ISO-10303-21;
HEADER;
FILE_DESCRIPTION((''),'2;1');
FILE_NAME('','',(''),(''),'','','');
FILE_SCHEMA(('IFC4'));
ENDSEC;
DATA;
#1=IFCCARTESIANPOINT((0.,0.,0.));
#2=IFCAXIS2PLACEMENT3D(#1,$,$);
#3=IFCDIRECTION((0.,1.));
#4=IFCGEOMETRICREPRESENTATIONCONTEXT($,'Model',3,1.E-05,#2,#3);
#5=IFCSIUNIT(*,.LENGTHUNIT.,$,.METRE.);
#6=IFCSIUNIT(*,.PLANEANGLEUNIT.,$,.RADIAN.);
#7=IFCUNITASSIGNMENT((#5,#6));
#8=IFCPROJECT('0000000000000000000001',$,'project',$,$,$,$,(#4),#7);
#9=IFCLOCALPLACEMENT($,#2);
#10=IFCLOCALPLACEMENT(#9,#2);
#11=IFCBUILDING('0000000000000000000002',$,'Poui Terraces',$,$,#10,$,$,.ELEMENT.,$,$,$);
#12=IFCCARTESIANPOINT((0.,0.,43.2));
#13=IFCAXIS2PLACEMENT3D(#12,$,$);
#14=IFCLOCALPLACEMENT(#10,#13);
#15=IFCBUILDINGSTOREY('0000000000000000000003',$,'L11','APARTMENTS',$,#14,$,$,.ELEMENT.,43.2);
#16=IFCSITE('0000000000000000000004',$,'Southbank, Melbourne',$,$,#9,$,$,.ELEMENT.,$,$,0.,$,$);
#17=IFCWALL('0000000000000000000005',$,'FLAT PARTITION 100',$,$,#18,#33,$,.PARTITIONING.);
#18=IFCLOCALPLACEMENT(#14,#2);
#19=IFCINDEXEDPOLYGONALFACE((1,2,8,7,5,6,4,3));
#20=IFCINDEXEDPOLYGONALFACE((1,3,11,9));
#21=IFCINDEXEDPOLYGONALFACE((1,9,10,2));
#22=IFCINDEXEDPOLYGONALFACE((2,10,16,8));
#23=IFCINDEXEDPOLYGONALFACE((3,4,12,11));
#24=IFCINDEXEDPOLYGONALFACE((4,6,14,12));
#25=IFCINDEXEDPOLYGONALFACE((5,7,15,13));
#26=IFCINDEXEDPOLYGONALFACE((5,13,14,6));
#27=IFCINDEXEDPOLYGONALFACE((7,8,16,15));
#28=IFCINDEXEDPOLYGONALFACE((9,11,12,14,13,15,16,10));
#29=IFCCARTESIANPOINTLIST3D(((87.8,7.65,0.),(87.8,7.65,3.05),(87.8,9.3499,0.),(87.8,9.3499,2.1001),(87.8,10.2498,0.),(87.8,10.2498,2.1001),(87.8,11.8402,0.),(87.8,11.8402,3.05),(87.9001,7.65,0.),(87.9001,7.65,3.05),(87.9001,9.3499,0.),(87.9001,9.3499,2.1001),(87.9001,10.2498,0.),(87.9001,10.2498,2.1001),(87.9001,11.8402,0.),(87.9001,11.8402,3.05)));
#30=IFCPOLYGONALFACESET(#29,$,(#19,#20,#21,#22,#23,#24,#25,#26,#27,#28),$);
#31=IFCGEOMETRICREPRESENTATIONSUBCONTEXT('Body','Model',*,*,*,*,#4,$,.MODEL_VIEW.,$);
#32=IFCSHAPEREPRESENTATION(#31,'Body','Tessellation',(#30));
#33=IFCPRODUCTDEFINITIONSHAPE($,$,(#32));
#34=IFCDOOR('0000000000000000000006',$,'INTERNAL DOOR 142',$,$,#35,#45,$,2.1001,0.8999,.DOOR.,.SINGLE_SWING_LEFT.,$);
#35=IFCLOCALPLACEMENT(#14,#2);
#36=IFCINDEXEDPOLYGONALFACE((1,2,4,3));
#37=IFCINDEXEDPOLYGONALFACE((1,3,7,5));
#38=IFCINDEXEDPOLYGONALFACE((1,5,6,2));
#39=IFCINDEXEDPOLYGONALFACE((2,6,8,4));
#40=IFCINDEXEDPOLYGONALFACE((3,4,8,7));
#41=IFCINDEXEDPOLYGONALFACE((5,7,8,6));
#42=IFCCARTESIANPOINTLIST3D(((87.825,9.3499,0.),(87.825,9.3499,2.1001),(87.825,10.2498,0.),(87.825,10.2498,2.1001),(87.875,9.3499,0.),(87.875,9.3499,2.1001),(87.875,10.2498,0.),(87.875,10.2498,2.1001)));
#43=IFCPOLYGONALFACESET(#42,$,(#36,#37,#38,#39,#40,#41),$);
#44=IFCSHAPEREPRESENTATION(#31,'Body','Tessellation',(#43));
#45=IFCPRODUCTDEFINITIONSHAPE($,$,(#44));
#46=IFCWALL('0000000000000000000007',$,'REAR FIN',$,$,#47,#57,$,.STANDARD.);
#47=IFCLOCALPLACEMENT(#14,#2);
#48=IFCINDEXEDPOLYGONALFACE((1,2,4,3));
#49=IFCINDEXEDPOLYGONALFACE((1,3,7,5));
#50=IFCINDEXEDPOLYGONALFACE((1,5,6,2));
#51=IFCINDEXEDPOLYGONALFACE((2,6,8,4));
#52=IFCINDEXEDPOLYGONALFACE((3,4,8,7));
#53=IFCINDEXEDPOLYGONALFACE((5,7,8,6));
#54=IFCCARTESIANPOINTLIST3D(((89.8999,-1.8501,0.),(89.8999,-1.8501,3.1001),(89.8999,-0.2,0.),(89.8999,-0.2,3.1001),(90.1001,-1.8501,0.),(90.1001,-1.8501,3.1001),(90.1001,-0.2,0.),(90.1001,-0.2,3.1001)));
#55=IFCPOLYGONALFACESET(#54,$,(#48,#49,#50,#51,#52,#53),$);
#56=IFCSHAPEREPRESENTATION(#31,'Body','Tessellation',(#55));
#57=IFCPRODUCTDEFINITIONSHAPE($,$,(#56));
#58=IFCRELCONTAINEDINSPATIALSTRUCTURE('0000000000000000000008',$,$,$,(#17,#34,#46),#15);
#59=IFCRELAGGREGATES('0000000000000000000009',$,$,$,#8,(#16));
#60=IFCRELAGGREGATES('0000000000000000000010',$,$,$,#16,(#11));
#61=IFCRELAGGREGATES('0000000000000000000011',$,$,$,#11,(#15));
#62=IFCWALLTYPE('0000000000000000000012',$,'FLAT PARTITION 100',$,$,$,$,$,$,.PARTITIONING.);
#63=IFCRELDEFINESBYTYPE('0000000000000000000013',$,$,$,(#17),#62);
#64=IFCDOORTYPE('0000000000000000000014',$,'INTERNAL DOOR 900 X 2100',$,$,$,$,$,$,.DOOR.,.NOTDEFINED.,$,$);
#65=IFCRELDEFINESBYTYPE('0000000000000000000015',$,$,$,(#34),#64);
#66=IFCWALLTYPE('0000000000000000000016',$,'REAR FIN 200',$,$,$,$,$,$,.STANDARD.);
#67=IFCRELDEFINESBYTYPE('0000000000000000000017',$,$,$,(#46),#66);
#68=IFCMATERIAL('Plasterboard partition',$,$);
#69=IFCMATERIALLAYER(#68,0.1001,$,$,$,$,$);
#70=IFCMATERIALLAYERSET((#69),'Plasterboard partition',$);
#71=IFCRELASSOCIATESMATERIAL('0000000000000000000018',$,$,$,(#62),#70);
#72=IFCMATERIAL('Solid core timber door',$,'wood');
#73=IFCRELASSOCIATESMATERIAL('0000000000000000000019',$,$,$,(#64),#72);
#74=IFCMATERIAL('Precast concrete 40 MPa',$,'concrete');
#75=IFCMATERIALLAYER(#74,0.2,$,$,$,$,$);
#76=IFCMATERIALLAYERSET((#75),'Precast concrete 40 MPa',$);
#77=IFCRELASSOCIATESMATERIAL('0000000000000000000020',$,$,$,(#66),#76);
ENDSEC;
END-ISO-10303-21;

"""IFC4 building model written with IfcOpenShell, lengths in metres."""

from ifc_helpers import new_model, si_unit, direction, frame, frame_2d, origin, place, context, subcontext, project, spatial, polyline, rectangle, outline, extrude, source, transform, mapped, material, layer, layer_set, type_object, element, fill, save


model = new_model("IFC4")

# Units and contexts
model_context = context("Model", 3, precision=1e-05, world=origin(), true_north=direction((0.0, 1.0)))
body_context = subcontext(model_context, "Body", "Model", "MODEL_VIEW")
ifc_project = project(units=[si_unit("LENGTHUNIT", "METRE"), si_unit("PLANEANGLEUNIT", "RADIAN")], contexts=[model_context])

# Site, building, storey
site_placement = place(None, origin())
site = spatial("IfcSite", under=ifc_project, at=site_placement, Name="Southbank, Melbourne", CompositionType="ELEMENT", RefElevation=0.0)
building_placement = place(site_placement, origin())
building = spatial("IfcBuilding", under=site, at=building_placement, Name="Poui Terraces", CompositionType="ELEMENT")
storey_placement = place(building_placement, frame((0.0, 0.0, 43.2)))
storey = spatial("IfcBuildingStorey", under=building, at=storey_placement, Name="L11", Description="APARTMENTS", CompositionType="ELEMENT", Elevation=43.2)

# Shared definitions
ifc_material_1 = material(Name="Precast concrete 40 MPa", Category="concrete")

# Shared definitions
ifc_material_2 = material(Name="Plasterboard partition")
ifc_layer_1 = layer(ifc_material_2, 0.1001)
ifc_layer_set_1 = layer_set([ifc_layer_1], Name="Plasterboard partition")
wall_type_1 = type_object("IfcWallType", Name="FLAT PARTITION 100", PredefinedType="PARTITIONING", material=ifc_layer_set_1)

# Wall, opening, door
ifc_material_3 = material(Name="Solid core timber door", Category="wood")
wall_1_placement = place(storey_placement, frame((87.8501, 7.6499, 0.0), z_axis=(0.0, 0.0, 1.0), x_axis=(0.0, 1.0, 0.0)))
wall_1 = element("IfcWall", 1, at=wall_1_placement, inside=storey, type_object=wall_type_1, Name="FLAT PARTITION 100", PredefinedType="PARTITIONING", context=body_context, shape_type="SweptSolid", body=[
    extrude(rectangle(XDim=4.1902, YDim=0.1001, at=frame_2d((2.0952, 0.0))), origin(), (0.0, 0.0, 1.0), 3.05),
])
opening_1_placement = place(wall_1_placement, frame((1.7, 0.0, 0.0)))
opening_1 = element("IfcOpeningElement", 2, at=opening_1_placement, cuts=wall_1, PredefinedType="OPENING", context=body_context, shape_type="SweptSolid", body=[
    extrude(rectangle(XDim=0.8999, YDim=2.1001, at=frame_2d((0.45, 1.05))), frame((0.0, 0.0601, 0.0), z_axis=(0.0, -1.0, 0.0), x_axis=(1.0, 0.0, 0.0)), (0.0, 0.0, 1.0), 0.1201),
])
door_type_1 = type_object("IfcDoorType", Name="INTERNAL DOOR 900 X 2100", OperationType="NOTDEFINED", PredefinedType="DOOR", material=ifc_material_3)
door_1_placement = place(opening_1_placement, frame((0.8999, 0.0, 0.0), z_axis=(0.0, 0.0, 1.0), x_axis=(-1.0, 0.0, 0.0)))
door_1 = element("IfcDoor", 3, at=door_1_placement, inside=storey, type_object=door_type_1, Name="INTERNAL DOOR 142", OperationType="SINGLE_SWING_LEFT", OverallHeight=2.1001, OverallWidth=0.8999, PredefinedType="DOOR", context=body_context, shape_type="SweptSolid", body=[
    extrude(rectangle(XDim=0.8999, YDim=2.1001, at=frame_2d((0.45, 1.05))), frame((0.0, 0.0249, 0.0), z_axis=(0.0, -1.0, 0.0), x_axis=(1.0, 0.0, 0.0)), (0.0, 0.0, 1.0), 0.05),
])
fill(opening_1, door_1)

# Wall
ifc_layer_2 = layer(ifc_material_1, 0.2)
ifc_layer_set_2 = layer_set([ifc_layer_2], Name="Precast concrete 40 MPa")
wall_type_2 = type_object("IfcWallType", Name="REAR FIN 200", PredefinedType="STANDARD", material=ifc_layer_set_2)
shared_shape_1 = source(origin(), body_context, "Body", "SweptSolid", [
    extrude(outline(polyline([(0.0, 0.0), (0.2002, 0.0), (0.2002, 1.6501), (0.0, 1.6501), (0.0, 0.0)])), origin(), (0.0, 0.0, 1.0), 3.1001),
])
wall_2_placement = place(storey_placement, frame((89.8999, -1.8501, 0.0)))
element("IfcWall", 4, at=wall_2_placement, inside=storey, type_object=wall_type_2, Name="REAR FIN", PredefinedType="STANDARD", context=body_context, shape_type="MappedRepresentation", body=[
    mapped(shared_shape_1, transform((0.0, 0.0, 0.0))),
])

save(model, "model.ifc")
